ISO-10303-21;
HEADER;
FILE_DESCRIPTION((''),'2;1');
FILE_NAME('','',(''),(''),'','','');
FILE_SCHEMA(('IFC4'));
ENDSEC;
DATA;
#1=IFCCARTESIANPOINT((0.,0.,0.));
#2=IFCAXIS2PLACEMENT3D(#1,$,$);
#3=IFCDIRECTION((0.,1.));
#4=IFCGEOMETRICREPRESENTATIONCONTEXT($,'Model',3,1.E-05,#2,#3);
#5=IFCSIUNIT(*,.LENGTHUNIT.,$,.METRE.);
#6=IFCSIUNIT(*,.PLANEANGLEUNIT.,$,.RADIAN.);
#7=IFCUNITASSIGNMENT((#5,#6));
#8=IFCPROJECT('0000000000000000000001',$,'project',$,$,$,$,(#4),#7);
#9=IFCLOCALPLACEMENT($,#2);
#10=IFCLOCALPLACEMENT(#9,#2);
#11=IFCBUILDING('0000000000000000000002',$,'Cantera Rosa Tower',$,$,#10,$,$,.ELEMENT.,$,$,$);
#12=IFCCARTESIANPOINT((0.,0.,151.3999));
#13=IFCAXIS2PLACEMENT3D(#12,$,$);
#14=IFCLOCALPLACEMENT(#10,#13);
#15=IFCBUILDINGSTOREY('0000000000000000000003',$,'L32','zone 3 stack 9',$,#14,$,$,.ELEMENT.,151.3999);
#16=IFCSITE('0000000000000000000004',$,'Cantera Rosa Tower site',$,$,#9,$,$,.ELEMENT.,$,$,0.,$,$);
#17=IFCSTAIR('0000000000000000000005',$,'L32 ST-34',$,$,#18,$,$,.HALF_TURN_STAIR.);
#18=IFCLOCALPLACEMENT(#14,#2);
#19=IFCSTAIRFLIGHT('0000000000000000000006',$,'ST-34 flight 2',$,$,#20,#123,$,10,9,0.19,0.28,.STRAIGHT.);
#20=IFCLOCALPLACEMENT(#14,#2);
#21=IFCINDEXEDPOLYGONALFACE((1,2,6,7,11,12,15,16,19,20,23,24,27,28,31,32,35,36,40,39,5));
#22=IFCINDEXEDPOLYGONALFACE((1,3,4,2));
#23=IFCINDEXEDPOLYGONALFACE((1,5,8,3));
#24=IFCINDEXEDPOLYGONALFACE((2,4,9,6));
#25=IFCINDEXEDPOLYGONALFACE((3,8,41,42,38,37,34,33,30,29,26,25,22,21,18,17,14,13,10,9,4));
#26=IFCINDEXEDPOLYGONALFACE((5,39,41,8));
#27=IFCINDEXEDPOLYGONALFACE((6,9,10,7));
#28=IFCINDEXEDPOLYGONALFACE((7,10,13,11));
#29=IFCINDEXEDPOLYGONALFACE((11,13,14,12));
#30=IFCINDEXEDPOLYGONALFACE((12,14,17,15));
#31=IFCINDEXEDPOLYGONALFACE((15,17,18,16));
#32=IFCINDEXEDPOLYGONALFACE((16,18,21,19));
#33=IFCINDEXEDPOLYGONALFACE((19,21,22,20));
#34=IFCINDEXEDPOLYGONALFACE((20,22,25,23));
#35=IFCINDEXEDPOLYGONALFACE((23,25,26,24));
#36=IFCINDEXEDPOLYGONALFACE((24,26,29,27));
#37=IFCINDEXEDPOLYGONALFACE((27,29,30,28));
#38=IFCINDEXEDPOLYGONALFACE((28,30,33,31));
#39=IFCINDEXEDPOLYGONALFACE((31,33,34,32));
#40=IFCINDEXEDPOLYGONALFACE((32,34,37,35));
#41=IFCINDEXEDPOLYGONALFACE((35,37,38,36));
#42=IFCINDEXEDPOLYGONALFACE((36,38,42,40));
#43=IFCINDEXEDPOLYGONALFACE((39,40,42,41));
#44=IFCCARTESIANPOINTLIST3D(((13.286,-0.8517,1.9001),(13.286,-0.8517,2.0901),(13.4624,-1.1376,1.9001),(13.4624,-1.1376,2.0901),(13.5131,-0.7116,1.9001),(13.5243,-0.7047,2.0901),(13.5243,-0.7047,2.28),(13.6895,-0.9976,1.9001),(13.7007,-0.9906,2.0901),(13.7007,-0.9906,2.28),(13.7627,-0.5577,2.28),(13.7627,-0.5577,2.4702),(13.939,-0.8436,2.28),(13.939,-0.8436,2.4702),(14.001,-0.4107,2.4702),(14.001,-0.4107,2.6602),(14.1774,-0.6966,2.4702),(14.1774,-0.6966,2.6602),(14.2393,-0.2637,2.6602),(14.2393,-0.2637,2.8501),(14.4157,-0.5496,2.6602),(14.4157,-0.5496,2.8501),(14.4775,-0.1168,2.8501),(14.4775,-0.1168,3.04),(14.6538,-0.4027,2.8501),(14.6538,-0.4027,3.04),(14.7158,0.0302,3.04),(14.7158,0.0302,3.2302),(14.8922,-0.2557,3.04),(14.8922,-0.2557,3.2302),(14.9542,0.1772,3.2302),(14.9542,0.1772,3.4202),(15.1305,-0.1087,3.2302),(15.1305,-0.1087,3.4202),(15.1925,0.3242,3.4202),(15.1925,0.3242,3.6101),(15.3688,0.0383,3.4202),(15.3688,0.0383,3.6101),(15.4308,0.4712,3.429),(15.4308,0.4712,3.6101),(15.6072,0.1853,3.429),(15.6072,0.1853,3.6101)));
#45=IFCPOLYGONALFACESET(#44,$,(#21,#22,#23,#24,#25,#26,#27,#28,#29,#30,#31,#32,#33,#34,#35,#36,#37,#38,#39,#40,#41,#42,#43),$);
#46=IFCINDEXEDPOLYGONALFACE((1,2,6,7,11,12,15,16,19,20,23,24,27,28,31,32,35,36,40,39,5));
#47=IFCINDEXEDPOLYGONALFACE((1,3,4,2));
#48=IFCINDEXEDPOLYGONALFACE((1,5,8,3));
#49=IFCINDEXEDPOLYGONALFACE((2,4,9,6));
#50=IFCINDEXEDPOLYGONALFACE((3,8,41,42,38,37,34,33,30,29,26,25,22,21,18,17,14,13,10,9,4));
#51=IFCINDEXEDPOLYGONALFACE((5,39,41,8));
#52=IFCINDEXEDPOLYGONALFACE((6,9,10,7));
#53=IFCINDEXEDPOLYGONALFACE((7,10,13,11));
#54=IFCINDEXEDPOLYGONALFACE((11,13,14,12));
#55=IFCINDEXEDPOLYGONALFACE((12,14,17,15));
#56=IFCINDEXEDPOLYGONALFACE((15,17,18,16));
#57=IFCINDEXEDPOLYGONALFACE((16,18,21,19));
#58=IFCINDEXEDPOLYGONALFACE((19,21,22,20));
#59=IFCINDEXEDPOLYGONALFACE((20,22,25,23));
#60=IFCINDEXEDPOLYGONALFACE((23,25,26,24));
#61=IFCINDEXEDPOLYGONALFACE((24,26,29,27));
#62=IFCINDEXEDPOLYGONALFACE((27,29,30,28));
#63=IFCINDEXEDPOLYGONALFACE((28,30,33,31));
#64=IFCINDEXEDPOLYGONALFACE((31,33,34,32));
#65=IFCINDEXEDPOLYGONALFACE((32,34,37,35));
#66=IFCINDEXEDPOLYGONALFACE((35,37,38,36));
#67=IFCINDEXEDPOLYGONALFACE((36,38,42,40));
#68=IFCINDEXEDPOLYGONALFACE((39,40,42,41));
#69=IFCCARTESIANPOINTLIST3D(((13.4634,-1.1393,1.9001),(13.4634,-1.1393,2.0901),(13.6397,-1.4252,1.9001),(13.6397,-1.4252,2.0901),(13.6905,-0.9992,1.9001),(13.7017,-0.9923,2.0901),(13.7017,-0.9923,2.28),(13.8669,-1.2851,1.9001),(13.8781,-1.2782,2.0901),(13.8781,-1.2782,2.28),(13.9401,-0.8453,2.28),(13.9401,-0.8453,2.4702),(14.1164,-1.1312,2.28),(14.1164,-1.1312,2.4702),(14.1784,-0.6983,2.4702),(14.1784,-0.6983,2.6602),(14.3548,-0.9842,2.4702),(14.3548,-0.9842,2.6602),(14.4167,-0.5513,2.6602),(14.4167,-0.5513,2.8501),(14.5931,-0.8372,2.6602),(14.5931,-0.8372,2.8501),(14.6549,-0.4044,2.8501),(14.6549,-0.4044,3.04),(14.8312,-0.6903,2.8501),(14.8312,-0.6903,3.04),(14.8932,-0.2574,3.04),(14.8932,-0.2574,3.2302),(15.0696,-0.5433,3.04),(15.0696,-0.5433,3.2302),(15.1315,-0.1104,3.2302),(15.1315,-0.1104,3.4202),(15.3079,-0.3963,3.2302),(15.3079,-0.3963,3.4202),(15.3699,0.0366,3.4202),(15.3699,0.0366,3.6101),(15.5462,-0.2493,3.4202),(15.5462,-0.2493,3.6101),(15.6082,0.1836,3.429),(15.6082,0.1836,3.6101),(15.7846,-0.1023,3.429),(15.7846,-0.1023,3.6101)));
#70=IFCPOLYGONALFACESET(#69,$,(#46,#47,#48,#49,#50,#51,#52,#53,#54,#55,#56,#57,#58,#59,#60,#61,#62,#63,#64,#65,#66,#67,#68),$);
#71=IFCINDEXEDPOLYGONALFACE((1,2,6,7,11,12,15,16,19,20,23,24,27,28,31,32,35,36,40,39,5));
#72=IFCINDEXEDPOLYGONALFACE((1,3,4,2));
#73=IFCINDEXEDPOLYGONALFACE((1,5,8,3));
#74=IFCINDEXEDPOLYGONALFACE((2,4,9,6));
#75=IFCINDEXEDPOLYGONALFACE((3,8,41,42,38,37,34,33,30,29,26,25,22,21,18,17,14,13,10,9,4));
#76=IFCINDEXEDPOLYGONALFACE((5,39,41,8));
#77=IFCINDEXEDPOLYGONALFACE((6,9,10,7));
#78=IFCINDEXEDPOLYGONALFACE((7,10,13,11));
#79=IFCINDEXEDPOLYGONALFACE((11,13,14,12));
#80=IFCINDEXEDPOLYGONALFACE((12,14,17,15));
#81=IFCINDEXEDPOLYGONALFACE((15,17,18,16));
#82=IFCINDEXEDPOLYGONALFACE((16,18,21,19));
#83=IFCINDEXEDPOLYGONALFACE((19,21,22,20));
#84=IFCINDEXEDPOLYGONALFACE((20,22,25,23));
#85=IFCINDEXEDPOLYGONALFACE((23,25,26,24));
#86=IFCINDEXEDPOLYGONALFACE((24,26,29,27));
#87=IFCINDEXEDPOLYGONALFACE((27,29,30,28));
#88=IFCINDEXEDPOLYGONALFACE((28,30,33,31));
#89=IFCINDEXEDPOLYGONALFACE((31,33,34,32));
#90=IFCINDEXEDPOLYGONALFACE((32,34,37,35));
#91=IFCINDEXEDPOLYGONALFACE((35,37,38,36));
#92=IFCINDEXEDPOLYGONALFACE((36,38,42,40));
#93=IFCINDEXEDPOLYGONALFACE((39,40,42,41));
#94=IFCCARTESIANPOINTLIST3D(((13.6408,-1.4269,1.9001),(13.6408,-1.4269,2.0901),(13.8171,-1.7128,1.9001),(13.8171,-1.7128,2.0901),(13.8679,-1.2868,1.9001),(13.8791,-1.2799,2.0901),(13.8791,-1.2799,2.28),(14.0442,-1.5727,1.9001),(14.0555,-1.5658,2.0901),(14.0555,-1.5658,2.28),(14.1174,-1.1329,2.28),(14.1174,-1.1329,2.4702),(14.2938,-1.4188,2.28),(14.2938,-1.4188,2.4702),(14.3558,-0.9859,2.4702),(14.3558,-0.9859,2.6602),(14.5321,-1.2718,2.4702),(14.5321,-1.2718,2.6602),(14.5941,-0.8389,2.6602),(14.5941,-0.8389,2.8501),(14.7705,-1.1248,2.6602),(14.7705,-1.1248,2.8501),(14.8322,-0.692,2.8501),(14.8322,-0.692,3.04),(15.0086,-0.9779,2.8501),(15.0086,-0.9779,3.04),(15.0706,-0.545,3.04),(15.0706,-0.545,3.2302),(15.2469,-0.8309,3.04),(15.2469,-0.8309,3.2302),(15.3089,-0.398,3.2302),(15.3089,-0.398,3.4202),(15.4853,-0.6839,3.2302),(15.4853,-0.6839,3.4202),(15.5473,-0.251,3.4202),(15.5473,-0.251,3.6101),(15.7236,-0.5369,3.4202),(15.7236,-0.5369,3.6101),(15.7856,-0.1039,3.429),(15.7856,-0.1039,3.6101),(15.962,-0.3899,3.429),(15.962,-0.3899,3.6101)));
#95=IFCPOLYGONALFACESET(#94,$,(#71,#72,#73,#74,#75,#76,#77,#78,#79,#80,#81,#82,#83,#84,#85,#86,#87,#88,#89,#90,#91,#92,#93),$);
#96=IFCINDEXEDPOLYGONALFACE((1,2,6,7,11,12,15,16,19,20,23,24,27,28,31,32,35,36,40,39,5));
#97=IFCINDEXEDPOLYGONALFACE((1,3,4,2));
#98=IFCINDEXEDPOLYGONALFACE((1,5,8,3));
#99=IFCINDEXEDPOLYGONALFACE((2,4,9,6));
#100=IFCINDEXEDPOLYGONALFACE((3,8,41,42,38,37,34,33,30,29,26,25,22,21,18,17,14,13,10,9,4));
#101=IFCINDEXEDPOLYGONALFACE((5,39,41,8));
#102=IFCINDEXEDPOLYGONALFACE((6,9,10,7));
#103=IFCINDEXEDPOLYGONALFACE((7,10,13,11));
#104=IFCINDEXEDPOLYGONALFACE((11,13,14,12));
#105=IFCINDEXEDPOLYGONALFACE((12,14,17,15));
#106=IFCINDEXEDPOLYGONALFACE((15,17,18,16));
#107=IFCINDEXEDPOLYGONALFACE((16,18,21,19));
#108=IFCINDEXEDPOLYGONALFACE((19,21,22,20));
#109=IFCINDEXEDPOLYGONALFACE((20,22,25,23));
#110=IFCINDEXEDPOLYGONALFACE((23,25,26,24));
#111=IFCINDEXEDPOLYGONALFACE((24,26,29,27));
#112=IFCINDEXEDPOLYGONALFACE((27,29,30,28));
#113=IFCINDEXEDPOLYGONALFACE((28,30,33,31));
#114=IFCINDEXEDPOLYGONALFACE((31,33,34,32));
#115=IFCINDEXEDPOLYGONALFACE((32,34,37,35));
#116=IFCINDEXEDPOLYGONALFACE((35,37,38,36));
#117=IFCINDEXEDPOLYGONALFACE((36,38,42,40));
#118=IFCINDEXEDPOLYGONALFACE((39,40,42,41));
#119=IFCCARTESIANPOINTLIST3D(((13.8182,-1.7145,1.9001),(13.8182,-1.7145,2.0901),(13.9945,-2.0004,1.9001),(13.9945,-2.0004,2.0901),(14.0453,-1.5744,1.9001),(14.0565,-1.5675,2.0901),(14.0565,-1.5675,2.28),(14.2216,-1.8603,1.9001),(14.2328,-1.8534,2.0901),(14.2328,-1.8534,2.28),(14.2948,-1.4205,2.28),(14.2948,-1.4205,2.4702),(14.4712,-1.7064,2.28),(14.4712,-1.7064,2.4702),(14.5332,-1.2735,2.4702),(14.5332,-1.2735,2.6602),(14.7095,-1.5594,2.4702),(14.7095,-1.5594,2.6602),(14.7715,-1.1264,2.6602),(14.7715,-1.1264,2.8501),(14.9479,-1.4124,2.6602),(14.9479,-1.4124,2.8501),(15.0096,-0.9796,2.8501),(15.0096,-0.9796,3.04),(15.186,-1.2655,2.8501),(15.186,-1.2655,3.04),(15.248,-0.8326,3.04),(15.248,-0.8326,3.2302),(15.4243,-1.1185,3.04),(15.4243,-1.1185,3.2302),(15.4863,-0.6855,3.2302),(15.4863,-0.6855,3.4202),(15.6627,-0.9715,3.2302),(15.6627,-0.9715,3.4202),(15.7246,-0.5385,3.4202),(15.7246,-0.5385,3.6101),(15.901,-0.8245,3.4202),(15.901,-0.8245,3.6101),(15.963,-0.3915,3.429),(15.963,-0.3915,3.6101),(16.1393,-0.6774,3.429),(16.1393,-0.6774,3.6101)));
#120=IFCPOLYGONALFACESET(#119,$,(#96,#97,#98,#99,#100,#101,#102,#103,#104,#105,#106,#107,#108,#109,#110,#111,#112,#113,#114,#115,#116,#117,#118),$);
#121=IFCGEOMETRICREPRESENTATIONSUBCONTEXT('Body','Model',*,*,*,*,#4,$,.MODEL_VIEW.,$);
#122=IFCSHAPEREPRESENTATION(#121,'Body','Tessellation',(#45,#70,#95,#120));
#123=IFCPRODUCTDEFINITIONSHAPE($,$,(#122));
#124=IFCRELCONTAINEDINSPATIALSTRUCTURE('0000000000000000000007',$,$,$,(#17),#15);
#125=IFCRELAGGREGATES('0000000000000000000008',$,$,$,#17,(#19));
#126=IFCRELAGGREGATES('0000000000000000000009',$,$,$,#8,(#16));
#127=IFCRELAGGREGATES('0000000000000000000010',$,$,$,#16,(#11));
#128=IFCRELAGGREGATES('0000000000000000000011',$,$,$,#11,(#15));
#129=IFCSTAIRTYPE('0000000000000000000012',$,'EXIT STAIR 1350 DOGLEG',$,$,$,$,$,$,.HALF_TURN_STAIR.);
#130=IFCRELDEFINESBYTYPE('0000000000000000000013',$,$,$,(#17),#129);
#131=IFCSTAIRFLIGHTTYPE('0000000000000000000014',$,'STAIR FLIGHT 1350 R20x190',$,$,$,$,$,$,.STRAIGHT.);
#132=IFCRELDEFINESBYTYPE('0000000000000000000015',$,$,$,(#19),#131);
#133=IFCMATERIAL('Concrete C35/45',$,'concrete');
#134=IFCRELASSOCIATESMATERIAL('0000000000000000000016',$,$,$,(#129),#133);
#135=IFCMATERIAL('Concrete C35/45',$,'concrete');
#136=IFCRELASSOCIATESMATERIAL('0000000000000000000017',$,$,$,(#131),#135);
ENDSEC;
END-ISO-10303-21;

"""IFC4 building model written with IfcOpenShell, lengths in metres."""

from ifc_helpers import new_model, si_unit, direction, frame, origin, place, context, subcontext, project, spatial, polyline, outline, extrude, material, type_object, element, aggregate, save


model = new_model("IFC4")

# Units and contexts
model_context = context("Model", 3, precision=1e-05, world=origin(), true_north=direction((0.0, 1.0)))
body_context = subcontext(model_context, "Body", "Model", "MODEL_VIEW")
ifc_project = project(units=[si_unit("LENGTHUNIT", "METRE"), si_unit("PLANEANGLEUNIT", "RADIAN")], contexts=[model_context])

# Site, building, storey
site_placement = place(None, origin())
site = spatial("IfcSite", under=ifc_project, at=site_placement, Name="Cantera Rosa Tower site", CompositionType="ELEMENT", RefElevation=0.0)
building_placement = place(site_placement, origin())
building = spatial("IfcBuilding", under=site, at=building_placement, Name="Cantera Rosa Tower", CompositionType="ELEMENT")
storey_placement = place(building_placement, frame((0.0, 0.0, 151.3999)))
storey = spatial("IfcBuildingStorey", under=building, at=storey_placement, Name="L32", Description="zone 3 stack 9", CompositionType="ELEMENT", Elevation=151.3999)

# Stair, stair flight
ifc_material_1 = material(Name="Concrete C35/45", Category="concrete")
stair_type = type_object("IfcStairType", Name="EXIT STAIR 1350 DOGLEG", PredefinedType="HALF_TURN_STAIR", material=ifc_material_1)
stair_placement = place(storey_placement, origin())
stair = element("IfcStair", 1, at=stair_placement, inside=storey, type_object=stair_type, Name="L32 ST-34", PredefinedType="HALF_TURN_STAIR")
ifc_material_2 = material(Name="Concrete C35/45", Category="concrete")
stair_flight_type = type_object("IfcStairFlightType", Name="STAIR FLIGHT 1350 R20x190", PredefinedType="STRAIGHT", material=ifc_material_2)
stair_flight_placement = place(storey_placement, frame((13.6404, -1.4263, 1.9001), z_axis=(0.0, 0.0, 1.0), x_axis=(0.851117, 0.524977, 0.0)))
stair_flight = element("IfcStairFlight", 2, at=stair_flight_placement, type_object=stair_flight_type, Name="ST-34 flight 2", NumberOfRisers=10, NumberOfTreads=9, PredefinedType="STRAIGHT", RiserHeight=0.19, TreadLength=0.28, context=body_context, shape_type="SweptSolid", body=[
    extrude(outline(polyline([(0.0, 0.0), (0.0, 0.1899), (0.28, 0.1899), (0.28, 0.3799), (0.5601, 0.3799), (0.5601, 0.5701), (0.8401, 0.5701), (0.8401, 0.76), (1.1201, 0.76), (1.1201, 0.95), (1.3999, 0.95), (1.3999, 1.1399), (1.6799, 1.1399), (1.6799, 1.3301), (1.96, 1.3301), (1.96, 1.52), (2.24, 1.52), (2.24, 1.71), (2.52, 1.71), (2.52, 1.8999), (2.52, 1.5288), (0.2668, 0.0), (0.0, 0.0)])), frame((0.0, 0.675, 0.0), z_axis=(0.0, -1.0, 0.0), x_axis=(1.0, 0.0, 0.0)), (0.0, 0.0, 1.0), 0.3359),
    extrude(outline(polyline([(0.0, 0.0), (0.0, 0.1899), (0.28, 0.1899), (0.28, 0.3799), (0.5601, 0.3799), (0.5601, 0.5701), (0.8401, 0.5701), (0.8401, 0.76), (1.1201, 0.76), (1.1201, 0.95), (1.3999, 0.95), (1.3999, 1.1399), (1.6799, 1.1399), (1.6799, 1.3301), (1.96, 1.3301), (1.96, 1.52), (2.24, 1.52), (2.24, 1.71), (2.52, 1.71), (2.52, 1.8999), (2.52, 1.5288), (0.2668, 0.0), (0.0, 0.0)])), frame((0.0, 0.3372, 0.0), z_axis=(0.0, -1.0, 0.0), x_axis=(1.0, 0.0, 0.0)), (0.0, 0.0, 1.0), 0.3359),
    extrude(outline(polyline([(0.0, 0.0), (0.0, 0.1899), (0.28, 0.1899), (0.28, 0.3799), (0.5601, 0.3799), (0.5601, 0.5701), (0.8401, 0.5701), (0.8401, 0.76), (1.1201, 0.76), (1.1201, 0.95), (1.3999, 0.95), (1.3999, 1.1399), (1.6799, 1.1399), (1.6799, 1.3301), (1.96, 1.3301), (1.96, 1.52), (2.24, 1.52), (2.24, 1.71), (2.52, 1.71), (2.52, 1.8999), (2.52, 1.5288), (0.2668, 0.0), (0.0, 0.0)])), frame((0.0, -0.0007, 0.0), z_axis=(0.0, -1.0, 0.0), x_axis=(1.0, 0.0, 0.0)), (0.0, 0.0, 1.0), 0.3359),
    extrude(outline(polyline([(0.0, 0.0), (0.0, 0.1899), (0.28, 0.1899), (0.28, 0.3799), (0.5601, 0.3799), (0.5601, 0.5701), (0.8401, 0.5701), (0.8401, 0.76), (1.1201, 0.76), (1.1201, 0.95), (1.3999, 0.95), (1.3999, 1.1399), (1.6799, 1.1399), (1.6799, 1.3301), (1.96, 1.3301), (1.96, 1.52), (2.24, 1.52), (2.24, 1.71), (2.52, 1.71), (2.52, 1.8999), (2.52, 1.5288), (0.2668, 0.0), (0.0, 0.0)])), frame((0.0, -0.3386, 0.0), z_axis=(0.0, -1.0, 0.0), x_axis=(1.0, 0.0, 0.0)), (0.0, 0.0, 1.0), 0.3359),
])
aggregate(stair, [stair_flight])

save(model, "model.ifc")
